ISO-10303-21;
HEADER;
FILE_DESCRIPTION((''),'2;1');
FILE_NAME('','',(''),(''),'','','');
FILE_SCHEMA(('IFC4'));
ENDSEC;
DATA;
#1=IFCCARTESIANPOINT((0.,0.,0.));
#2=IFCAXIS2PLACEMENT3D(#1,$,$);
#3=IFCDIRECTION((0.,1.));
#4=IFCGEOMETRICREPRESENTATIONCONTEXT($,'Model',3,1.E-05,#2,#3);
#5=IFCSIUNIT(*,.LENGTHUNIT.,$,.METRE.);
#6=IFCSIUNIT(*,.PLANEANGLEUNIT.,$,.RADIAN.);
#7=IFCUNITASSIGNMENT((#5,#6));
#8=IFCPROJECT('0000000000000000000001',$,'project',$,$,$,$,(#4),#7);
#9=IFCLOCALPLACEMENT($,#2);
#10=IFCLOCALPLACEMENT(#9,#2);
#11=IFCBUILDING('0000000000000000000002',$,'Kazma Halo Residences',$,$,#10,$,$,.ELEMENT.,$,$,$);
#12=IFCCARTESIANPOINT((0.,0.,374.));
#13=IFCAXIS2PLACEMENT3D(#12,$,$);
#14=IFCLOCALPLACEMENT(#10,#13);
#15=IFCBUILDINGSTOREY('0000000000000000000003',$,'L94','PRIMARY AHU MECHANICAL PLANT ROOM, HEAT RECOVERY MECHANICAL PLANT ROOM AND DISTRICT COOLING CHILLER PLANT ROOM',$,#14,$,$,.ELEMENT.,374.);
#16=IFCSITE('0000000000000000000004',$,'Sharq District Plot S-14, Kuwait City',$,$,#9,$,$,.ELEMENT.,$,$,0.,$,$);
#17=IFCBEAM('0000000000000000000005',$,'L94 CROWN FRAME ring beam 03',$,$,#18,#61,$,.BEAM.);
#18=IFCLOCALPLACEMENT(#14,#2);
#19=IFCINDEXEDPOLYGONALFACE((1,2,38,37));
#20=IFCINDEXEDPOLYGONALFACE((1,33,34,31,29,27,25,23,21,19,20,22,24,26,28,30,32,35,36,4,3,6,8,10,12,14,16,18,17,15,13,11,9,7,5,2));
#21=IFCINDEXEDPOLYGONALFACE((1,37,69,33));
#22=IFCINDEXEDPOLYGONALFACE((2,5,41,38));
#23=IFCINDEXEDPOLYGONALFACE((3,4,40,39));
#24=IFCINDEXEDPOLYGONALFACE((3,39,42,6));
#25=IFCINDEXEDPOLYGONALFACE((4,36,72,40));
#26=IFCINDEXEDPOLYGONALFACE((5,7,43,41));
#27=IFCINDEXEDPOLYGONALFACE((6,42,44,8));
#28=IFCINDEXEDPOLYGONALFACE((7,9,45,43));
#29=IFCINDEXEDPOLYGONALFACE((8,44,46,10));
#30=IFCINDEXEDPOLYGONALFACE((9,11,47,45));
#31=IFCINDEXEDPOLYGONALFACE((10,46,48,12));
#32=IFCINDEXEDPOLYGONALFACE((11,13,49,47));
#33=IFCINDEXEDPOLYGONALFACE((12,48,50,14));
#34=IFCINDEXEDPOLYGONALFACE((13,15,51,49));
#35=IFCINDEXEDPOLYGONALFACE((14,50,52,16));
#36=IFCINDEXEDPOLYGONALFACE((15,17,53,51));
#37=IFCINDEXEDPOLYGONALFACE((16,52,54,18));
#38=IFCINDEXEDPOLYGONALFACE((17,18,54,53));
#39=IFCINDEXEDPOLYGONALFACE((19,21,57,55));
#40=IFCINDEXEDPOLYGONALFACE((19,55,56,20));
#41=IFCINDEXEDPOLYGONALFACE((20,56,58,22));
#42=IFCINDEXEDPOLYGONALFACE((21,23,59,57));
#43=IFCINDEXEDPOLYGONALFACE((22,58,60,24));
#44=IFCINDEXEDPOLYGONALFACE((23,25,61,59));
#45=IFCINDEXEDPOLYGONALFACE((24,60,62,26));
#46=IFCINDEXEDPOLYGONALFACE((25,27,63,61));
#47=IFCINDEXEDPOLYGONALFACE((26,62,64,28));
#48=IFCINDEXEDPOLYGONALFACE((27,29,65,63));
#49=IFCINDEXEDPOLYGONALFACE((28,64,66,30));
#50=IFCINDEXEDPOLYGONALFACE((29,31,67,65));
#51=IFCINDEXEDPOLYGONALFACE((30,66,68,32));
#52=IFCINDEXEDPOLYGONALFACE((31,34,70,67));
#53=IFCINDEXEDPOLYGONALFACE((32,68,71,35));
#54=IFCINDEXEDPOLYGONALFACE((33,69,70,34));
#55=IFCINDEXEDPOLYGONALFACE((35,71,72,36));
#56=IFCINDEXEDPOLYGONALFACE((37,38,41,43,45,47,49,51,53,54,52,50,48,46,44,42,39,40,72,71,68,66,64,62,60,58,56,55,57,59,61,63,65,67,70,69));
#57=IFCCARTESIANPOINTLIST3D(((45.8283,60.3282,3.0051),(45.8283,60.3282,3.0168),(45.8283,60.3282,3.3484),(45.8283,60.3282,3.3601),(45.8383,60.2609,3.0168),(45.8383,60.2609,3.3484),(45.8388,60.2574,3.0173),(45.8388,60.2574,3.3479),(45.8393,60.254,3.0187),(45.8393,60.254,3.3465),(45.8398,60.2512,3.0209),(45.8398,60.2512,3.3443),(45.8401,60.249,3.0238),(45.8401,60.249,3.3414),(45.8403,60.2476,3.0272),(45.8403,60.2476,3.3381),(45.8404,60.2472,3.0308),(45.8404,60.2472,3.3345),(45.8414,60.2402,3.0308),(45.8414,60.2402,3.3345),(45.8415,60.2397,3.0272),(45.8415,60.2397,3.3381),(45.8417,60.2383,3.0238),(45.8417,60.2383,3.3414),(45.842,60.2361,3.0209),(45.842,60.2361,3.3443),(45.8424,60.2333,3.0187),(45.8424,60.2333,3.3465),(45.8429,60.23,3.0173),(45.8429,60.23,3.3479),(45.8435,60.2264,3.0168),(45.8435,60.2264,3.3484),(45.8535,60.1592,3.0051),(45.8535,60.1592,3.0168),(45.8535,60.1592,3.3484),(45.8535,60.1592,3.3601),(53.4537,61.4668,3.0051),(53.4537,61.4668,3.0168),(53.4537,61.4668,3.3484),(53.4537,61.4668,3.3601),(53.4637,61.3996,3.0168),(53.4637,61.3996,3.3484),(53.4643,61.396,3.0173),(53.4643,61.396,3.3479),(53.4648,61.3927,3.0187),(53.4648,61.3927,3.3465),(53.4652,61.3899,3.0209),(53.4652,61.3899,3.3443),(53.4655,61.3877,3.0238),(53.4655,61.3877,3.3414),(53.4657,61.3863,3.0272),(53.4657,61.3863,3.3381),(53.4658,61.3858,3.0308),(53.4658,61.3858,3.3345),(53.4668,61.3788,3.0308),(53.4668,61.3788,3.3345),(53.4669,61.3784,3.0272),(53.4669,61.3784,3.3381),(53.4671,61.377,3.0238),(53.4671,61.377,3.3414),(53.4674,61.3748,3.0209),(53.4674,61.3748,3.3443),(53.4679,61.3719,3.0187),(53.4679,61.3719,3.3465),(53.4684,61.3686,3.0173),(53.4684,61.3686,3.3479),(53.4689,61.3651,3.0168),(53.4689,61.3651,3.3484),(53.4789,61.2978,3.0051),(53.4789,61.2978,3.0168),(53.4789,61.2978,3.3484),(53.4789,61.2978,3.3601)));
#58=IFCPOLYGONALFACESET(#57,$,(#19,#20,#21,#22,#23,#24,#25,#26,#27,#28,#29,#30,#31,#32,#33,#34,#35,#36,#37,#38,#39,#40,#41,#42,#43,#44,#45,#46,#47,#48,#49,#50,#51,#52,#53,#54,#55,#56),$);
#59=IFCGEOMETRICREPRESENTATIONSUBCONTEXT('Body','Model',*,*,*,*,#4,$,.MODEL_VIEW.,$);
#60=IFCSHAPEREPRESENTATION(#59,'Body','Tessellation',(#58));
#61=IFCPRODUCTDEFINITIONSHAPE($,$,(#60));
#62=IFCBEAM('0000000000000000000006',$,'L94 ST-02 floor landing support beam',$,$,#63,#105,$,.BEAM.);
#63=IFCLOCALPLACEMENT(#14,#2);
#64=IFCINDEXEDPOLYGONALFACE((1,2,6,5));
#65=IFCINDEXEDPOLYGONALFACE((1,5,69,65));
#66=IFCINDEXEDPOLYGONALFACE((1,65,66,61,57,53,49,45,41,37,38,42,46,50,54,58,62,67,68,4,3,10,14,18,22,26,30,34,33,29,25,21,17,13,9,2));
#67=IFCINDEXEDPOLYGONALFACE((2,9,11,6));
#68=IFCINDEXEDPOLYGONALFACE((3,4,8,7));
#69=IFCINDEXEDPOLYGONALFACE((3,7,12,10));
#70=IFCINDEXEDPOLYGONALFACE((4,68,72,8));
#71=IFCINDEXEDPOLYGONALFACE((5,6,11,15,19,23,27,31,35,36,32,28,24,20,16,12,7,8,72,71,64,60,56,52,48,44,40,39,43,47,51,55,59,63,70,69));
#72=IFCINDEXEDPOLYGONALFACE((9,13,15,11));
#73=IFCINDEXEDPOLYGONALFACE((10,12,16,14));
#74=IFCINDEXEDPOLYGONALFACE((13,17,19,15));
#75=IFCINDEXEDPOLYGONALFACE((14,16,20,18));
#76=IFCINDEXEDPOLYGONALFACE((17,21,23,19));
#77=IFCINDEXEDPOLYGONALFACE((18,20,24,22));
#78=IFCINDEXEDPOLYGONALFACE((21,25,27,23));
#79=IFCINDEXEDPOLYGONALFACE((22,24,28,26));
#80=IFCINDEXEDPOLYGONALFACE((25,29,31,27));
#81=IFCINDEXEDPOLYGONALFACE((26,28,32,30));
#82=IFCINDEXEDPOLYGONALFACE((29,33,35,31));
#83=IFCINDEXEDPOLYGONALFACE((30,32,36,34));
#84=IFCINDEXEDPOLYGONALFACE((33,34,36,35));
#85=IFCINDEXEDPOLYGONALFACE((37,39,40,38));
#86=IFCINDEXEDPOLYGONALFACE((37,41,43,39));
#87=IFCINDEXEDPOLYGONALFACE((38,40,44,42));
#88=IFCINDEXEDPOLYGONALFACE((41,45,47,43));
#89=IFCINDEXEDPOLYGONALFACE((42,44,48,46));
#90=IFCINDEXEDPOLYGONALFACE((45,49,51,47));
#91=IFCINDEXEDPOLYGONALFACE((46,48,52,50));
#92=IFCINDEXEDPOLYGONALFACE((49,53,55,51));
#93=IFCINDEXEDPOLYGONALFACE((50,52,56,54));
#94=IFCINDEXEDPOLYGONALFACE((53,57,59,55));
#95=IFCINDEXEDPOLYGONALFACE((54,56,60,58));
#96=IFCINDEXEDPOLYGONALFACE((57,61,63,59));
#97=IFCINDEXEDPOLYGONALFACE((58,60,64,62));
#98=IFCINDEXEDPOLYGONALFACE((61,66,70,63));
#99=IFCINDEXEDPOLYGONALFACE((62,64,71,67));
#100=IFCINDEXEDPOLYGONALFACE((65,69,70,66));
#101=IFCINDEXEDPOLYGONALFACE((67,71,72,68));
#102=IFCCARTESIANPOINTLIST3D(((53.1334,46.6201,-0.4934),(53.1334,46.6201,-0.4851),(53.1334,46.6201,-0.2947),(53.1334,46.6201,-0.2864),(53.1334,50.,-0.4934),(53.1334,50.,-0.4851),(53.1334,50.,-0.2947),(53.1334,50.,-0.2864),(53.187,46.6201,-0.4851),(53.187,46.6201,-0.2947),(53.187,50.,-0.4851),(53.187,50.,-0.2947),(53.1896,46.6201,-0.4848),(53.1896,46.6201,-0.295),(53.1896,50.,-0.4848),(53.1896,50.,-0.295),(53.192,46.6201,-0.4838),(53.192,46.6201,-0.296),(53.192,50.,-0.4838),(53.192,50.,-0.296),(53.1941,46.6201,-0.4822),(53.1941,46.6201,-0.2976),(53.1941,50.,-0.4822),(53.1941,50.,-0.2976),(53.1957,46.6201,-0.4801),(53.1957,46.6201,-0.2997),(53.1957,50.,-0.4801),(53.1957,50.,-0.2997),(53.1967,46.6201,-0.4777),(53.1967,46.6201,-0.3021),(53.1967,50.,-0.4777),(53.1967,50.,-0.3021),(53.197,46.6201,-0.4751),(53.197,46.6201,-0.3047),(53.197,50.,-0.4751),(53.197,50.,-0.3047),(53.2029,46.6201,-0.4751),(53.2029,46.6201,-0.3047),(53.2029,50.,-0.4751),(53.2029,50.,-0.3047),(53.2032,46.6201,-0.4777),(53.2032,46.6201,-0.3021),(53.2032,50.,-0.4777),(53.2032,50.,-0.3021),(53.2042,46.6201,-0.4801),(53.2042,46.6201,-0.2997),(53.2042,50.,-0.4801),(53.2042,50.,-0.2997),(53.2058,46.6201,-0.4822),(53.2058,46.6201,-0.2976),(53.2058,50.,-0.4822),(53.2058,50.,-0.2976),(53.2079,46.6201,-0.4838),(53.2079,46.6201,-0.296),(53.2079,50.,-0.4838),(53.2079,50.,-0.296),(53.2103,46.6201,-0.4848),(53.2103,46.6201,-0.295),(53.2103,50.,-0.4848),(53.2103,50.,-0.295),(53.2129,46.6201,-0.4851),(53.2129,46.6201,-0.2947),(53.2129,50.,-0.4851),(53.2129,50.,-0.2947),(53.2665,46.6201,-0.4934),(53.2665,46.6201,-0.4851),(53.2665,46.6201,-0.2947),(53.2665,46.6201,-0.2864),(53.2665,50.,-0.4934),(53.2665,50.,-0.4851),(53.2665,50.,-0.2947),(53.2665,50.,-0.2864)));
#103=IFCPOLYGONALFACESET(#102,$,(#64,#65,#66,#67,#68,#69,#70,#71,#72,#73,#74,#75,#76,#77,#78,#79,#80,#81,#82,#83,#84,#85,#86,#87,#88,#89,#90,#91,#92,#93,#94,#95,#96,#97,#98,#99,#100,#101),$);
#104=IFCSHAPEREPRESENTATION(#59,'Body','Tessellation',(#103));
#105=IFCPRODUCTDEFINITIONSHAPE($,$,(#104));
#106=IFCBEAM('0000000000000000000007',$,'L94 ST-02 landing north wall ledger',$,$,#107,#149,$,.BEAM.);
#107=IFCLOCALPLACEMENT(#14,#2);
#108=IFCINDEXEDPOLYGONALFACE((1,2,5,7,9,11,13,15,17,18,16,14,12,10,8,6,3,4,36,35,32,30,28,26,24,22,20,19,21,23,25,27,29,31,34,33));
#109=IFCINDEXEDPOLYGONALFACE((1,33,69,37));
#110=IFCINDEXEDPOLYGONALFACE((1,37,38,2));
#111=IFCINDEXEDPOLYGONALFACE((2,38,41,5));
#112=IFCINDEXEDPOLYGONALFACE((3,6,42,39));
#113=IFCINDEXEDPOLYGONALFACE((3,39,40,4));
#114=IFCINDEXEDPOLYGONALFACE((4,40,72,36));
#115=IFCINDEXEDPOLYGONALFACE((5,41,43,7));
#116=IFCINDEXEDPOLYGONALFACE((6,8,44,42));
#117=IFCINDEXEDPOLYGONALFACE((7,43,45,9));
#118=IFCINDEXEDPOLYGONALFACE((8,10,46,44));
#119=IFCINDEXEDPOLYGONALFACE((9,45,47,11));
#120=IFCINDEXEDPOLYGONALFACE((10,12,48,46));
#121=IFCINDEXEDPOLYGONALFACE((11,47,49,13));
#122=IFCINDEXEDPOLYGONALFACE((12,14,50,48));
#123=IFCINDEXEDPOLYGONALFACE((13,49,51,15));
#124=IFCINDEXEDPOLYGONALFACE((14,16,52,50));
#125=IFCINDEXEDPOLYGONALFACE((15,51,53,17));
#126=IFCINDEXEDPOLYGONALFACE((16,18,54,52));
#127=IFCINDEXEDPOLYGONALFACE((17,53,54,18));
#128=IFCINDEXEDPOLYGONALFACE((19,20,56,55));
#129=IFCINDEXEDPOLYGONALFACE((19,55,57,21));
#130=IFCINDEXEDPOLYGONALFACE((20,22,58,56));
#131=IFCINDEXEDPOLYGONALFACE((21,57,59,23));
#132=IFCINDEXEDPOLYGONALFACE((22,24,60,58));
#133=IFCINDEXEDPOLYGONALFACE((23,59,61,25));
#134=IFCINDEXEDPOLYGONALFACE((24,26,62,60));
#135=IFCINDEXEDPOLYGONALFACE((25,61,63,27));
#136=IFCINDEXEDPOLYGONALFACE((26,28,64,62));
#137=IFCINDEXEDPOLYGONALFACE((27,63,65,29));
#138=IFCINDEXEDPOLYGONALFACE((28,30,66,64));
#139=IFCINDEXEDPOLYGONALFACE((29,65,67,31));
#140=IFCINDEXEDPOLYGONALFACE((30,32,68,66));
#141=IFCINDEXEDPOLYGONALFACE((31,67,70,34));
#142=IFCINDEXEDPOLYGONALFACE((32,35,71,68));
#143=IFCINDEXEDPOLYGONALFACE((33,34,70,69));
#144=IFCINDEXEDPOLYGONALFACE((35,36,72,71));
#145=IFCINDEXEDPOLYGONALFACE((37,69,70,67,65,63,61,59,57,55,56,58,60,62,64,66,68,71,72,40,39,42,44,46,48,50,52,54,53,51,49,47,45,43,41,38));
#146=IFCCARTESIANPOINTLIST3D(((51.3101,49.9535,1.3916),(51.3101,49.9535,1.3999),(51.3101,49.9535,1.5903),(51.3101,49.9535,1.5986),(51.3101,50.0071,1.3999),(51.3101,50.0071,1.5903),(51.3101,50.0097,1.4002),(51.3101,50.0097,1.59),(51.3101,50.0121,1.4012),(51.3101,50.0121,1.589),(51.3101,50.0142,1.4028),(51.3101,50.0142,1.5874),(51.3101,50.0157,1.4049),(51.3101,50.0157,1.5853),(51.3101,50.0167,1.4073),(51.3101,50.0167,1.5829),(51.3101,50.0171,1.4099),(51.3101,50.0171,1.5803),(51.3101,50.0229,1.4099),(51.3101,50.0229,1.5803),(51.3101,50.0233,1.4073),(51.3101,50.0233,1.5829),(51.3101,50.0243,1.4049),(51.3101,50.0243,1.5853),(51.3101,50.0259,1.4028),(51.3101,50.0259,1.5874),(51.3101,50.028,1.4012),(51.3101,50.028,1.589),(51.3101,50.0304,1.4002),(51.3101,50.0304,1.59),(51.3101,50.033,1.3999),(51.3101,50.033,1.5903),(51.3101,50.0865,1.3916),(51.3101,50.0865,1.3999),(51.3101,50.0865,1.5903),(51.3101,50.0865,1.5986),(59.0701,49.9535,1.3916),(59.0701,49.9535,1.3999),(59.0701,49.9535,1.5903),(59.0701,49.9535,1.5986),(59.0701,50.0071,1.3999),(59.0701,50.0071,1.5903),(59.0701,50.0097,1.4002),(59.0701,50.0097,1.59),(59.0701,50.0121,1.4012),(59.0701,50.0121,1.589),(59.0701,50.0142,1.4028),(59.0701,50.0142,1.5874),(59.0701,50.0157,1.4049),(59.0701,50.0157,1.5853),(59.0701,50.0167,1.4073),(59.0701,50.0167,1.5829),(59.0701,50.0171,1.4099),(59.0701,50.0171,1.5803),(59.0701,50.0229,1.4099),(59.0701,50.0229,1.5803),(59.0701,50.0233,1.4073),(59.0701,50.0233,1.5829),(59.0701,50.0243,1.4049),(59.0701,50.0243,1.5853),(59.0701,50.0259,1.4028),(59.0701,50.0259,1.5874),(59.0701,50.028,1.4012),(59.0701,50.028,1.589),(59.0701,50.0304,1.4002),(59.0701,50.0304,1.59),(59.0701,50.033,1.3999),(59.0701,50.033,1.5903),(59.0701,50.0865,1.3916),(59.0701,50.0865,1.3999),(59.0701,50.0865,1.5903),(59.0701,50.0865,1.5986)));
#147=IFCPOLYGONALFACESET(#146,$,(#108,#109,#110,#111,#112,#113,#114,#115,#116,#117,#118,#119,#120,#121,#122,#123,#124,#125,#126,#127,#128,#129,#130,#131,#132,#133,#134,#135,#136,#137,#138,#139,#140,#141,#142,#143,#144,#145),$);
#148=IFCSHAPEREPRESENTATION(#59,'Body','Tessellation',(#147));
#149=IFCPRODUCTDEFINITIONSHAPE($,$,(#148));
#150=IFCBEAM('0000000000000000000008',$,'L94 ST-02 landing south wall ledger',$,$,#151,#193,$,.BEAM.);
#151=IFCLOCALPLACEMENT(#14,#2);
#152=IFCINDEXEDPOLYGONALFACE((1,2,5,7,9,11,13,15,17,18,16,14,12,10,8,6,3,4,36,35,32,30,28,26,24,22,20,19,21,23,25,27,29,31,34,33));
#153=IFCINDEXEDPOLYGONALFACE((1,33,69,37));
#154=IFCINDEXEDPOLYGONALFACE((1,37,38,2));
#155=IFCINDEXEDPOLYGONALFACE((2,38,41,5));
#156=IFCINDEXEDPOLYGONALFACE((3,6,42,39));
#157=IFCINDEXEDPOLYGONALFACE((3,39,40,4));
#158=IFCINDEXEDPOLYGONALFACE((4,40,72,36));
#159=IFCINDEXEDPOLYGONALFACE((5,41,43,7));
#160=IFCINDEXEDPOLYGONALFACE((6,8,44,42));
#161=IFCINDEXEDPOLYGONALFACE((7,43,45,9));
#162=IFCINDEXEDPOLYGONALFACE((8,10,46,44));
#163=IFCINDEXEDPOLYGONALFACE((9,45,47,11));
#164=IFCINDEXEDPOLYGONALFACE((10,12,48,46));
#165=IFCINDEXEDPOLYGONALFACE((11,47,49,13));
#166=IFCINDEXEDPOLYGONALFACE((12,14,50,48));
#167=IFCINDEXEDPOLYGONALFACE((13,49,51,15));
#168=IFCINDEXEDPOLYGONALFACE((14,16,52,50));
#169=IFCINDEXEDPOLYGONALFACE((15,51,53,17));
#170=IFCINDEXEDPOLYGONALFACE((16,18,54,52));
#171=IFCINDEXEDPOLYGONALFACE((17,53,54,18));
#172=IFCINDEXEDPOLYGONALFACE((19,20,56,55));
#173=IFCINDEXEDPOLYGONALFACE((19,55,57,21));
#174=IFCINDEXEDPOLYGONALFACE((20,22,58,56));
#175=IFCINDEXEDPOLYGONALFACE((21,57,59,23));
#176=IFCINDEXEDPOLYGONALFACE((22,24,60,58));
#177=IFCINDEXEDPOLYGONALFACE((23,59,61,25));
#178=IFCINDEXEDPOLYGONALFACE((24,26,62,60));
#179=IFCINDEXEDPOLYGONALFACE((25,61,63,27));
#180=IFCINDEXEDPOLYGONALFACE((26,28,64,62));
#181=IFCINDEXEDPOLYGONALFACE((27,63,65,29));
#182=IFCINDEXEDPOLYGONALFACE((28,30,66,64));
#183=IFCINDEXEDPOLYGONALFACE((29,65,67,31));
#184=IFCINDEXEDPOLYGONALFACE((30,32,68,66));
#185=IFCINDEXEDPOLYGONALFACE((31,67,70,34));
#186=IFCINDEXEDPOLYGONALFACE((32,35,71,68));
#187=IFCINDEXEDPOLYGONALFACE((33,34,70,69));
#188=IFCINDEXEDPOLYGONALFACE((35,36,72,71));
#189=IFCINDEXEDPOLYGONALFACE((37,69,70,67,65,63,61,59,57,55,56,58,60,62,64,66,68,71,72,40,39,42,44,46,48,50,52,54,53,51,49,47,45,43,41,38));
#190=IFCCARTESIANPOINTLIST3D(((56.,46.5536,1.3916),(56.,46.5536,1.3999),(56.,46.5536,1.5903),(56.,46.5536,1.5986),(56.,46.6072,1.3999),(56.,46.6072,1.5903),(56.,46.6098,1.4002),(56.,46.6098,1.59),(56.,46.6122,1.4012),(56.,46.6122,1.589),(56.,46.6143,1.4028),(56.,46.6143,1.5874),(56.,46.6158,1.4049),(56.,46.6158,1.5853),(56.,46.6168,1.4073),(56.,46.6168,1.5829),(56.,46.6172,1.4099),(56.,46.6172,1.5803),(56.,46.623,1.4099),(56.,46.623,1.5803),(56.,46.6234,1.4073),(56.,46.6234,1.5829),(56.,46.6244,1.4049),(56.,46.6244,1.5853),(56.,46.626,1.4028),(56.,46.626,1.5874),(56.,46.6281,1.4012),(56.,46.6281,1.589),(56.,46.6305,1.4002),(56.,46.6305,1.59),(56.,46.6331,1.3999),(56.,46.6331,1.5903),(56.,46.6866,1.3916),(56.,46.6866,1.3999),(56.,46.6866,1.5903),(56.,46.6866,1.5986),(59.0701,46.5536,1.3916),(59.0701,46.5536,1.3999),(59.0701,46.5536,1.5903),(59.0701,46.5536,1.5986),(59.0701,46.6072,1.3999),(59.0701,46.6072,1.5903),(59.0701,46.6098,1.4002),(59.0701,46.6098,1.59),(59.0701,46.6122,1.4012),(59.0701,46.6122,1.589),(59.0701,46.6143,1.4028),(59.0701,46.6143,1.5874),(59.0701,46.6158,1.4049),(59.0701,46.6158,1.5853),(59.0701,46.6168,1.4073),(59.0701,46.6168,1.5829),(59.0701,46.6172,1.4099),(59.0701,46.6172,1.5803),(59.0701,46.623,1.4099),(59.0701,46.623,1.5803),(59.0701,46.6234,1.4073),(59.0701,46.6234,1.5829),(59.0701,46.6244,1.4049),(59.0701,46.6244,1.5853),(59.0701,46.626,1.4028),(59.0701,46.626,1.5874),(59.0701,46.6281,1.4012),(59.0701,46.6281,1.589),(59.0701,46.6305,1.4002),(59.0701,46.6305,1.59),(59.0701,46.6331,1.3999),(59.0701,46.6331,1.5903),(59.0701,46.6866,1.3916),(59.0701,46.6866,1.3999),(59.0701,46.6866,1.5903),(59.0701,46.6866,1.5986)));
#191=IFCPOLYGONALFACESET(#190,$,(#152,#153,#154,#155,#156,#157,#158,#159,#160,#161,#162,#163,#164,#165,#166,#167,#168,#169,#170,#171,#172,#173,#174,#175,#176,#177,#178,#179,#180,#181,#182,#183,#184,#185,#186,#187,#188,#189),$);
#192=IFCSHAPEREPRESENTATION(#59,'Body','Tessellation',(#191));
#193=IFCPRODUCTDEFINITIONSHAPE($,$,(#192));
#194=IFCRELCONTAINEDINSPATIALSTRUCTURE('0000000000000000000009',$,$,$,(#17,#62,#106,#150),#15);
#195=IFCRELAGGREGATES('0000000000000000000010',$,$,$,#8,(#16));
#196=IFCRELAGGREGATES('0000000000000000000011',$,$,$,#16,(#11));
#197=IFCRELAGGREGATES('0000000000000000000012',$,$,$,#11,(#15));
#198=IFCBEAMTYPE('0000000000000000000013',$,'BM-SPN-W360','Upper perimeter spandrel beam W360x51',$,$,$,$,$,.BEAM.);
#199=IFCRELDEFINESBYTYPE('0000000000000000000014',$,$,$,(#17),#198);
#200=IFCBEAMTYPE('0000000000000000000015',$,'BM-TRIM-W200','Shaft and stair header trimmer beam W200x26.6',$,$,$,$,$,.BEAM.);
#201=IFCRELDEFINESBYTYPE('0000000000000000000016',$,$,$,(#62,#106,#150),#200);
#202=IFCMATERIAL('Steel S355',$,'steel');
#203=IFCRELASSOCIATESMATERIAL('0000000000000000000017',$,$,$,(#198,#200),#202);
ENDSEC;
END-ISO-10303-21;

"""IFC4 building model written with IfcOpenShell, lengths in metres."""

from ifc_helpers import new_model, si_unit, direction, frame, origin, origin_2d, place, context, subcontext, project, spatial, i_section, extrude, material, material_profile, profile_set, type_object, element, save


model = new_model("IFC4")

# Units and contexts
model_context = context("Model", 3, precision=1e-05, world=origin(), true_north=direction((0.0, 1.0)))
body_context = subcontext(model_context, "Body", "Model", "MODEL_VIEW")
ifc_project = project(units=[si_unit("LENGTHUNIT", "METRE"), si_unit("PLANEANGLEUNIT", "RADIAN")], contexts=[model_context])

# Site, building, storey
site_placement = place(None, origin())
site = spatial("IfcSite", under=ifc_project, at=site_placement, Name="Sharq District Plot S-14, Kuwait City", CompositionType="ELEMENT", RefElevation=0.0)
building_placement = place(site_placement, origin())
building = spatial("IfcBuilding", under=site, at=building_placement, Name="Kazma Halo Residences", CompositionType="ELEMENT")
storey_placement = place(building_placement, frame((0.0, 0.0, 374.0)))
storey = spatial("IfcBuildingStorey", under=building, at=storey_placement, Name="L94", Description="PRIMARY AHU MECHANICAL PLANT ROOM, HEAT RECOVERY MECHANICAL PLANT ROOM AND DISTRICT COOLING CHILLER PLANT ROOM", CompositionType="ELEMENT", Elevation=374.0)

# Shared definitions
ifc_material_1 = material(Name="Steel S355", Category="steel")

# Beams
ifc_material_profile_1 = material_profile(ifc_material_1, i_section(OverallWidth=0.1709, OverallDepth=0.355, WebThickness=0.0071, FlangeThickness=0.0117, FilletRadius=0.0139, at=origin_2d()), Name="W360x51")
ifc_profile_set_1 = profile_set([ifc_material_profile_1], Name="Steel S355")
beam_type_1 = type_object("IfcBeamType", Name="BM-SPN-W360", Description="Upper perimeter spandrel beam W360x51", PredefinedType="BEAM", material=ifc_profile_set_1)
beam_1_placement = place(storey_placement, frame((53.4663, 61.3823, 3.1826), z_axis=(-0.989034, -0.147687, 0.0), x_axis=(0.147687, -0.989034, 0.0)))
element("IfcBeam", 1, at=beam_1_placement, inside=storey, type_object=beam_type_1, Name="L94 CROWN FRAME ring beam 03", PredefinedType="BEAM", context=body_context, shape_type="SweptSolid", body=[
    extrude(i_section(OverallWidth=0.1709, OverallDepth=0.355, WebThickness=0.0071, FlangeThickness=0.0117, FilletRadius=0.0139, at=origin_2d()), origin(), (0.0, 0.0, 1.0), 7.71),
])
ifc_material_profile_2 = material_profile(ifc_material_1, i_section(OverallWidth=0.1331, OverallDepth=0.207, WebThickness=0.0059, FlangeThickness=0.0083, FilletRadius=0.01, at=origin_2d()), Name="W200x26.6")
ifc_profile_set_2 = profile_set([ifc_material_profile_2], Name="Steel S355")
beam_type_2 = type_object("IfcBeamType", Name="BM-TRIM-W200", Description="Shaft and stair header trimmer beam W200x26.6", PredefinedType="BEAM", material=ifc_profile_set_2)
beam_2_placement = place(storey_placement, frame((53.2, 46.6201, -0.3899), z_axis=(0.0, 1.0, 0.0), x_axis=(-1.0, 0.0, 0.0)))
element("IfcBeam", 2, at=beam_2_placement, inside=storey, type_object=beam_type_2, Name="L94 ST-02 floor landing support beam", PredefinedType="BEAM", context=body_context, shape_type="SweptSolid", body=[
    extrude(i_section(OverallWidth=0.1331, OverallDepth=0.207, WebThickness=0.0059, FlangeThickness=0.0083, FilletRadius=0.01, at=origin_2d()), origin(), (0.0, 0.0, 1.0), 3.3799),
])
beam_3_placement = place(storey_placement, frame((51.3101, 50.02, 1.4951), z_axis=(1.0, 0.0, 0.0), x_axis=(0.0, 1.0, 0.0)))
element("IfcBeam", 3, at=beam_3_placement, inside=storey, type_object=beam_type_2, Name="L94 ST-02 landing north wall ledger", PredefinedType="BEAM", context=body_context, shape_type="SweptSolid", body=[
    extrude(i_section(OverallWidth=0.1331, OverallDepth=0.207, WebThickness=0.0059, FlangeThickness=0.0083, FilletRadius=0.01, at=origin_2d()), origin(), (0.0, 0.0, 1.0), 7.76),
])
beam_4_placement = place(storey_placement, frame((56.0, 46.6201, 1.4951), z_axis=(1.0, 0.0, 0.0), x_axis=(0.0, 1.0, 0.0)))
element("IfcBeam", 4, at=beam_4_placement, inside=storey, type_object=beam_type_2, Name="L94 ST-02 landing south wall ledger", PredefinedType="BEAM", context=body_context, shape_type="SweptSolid", body=[
    extrude(i_section(OverallWidth=0.1331, OverallDepth=0.207, WebThickness=0.0059, FlangeThickness=0.0083, FilletRadius=0.01, at=origin_2d()), origin(), (0.0, 0.0, 1.0), 3.0701),
])

save(model, "model.ifc")
